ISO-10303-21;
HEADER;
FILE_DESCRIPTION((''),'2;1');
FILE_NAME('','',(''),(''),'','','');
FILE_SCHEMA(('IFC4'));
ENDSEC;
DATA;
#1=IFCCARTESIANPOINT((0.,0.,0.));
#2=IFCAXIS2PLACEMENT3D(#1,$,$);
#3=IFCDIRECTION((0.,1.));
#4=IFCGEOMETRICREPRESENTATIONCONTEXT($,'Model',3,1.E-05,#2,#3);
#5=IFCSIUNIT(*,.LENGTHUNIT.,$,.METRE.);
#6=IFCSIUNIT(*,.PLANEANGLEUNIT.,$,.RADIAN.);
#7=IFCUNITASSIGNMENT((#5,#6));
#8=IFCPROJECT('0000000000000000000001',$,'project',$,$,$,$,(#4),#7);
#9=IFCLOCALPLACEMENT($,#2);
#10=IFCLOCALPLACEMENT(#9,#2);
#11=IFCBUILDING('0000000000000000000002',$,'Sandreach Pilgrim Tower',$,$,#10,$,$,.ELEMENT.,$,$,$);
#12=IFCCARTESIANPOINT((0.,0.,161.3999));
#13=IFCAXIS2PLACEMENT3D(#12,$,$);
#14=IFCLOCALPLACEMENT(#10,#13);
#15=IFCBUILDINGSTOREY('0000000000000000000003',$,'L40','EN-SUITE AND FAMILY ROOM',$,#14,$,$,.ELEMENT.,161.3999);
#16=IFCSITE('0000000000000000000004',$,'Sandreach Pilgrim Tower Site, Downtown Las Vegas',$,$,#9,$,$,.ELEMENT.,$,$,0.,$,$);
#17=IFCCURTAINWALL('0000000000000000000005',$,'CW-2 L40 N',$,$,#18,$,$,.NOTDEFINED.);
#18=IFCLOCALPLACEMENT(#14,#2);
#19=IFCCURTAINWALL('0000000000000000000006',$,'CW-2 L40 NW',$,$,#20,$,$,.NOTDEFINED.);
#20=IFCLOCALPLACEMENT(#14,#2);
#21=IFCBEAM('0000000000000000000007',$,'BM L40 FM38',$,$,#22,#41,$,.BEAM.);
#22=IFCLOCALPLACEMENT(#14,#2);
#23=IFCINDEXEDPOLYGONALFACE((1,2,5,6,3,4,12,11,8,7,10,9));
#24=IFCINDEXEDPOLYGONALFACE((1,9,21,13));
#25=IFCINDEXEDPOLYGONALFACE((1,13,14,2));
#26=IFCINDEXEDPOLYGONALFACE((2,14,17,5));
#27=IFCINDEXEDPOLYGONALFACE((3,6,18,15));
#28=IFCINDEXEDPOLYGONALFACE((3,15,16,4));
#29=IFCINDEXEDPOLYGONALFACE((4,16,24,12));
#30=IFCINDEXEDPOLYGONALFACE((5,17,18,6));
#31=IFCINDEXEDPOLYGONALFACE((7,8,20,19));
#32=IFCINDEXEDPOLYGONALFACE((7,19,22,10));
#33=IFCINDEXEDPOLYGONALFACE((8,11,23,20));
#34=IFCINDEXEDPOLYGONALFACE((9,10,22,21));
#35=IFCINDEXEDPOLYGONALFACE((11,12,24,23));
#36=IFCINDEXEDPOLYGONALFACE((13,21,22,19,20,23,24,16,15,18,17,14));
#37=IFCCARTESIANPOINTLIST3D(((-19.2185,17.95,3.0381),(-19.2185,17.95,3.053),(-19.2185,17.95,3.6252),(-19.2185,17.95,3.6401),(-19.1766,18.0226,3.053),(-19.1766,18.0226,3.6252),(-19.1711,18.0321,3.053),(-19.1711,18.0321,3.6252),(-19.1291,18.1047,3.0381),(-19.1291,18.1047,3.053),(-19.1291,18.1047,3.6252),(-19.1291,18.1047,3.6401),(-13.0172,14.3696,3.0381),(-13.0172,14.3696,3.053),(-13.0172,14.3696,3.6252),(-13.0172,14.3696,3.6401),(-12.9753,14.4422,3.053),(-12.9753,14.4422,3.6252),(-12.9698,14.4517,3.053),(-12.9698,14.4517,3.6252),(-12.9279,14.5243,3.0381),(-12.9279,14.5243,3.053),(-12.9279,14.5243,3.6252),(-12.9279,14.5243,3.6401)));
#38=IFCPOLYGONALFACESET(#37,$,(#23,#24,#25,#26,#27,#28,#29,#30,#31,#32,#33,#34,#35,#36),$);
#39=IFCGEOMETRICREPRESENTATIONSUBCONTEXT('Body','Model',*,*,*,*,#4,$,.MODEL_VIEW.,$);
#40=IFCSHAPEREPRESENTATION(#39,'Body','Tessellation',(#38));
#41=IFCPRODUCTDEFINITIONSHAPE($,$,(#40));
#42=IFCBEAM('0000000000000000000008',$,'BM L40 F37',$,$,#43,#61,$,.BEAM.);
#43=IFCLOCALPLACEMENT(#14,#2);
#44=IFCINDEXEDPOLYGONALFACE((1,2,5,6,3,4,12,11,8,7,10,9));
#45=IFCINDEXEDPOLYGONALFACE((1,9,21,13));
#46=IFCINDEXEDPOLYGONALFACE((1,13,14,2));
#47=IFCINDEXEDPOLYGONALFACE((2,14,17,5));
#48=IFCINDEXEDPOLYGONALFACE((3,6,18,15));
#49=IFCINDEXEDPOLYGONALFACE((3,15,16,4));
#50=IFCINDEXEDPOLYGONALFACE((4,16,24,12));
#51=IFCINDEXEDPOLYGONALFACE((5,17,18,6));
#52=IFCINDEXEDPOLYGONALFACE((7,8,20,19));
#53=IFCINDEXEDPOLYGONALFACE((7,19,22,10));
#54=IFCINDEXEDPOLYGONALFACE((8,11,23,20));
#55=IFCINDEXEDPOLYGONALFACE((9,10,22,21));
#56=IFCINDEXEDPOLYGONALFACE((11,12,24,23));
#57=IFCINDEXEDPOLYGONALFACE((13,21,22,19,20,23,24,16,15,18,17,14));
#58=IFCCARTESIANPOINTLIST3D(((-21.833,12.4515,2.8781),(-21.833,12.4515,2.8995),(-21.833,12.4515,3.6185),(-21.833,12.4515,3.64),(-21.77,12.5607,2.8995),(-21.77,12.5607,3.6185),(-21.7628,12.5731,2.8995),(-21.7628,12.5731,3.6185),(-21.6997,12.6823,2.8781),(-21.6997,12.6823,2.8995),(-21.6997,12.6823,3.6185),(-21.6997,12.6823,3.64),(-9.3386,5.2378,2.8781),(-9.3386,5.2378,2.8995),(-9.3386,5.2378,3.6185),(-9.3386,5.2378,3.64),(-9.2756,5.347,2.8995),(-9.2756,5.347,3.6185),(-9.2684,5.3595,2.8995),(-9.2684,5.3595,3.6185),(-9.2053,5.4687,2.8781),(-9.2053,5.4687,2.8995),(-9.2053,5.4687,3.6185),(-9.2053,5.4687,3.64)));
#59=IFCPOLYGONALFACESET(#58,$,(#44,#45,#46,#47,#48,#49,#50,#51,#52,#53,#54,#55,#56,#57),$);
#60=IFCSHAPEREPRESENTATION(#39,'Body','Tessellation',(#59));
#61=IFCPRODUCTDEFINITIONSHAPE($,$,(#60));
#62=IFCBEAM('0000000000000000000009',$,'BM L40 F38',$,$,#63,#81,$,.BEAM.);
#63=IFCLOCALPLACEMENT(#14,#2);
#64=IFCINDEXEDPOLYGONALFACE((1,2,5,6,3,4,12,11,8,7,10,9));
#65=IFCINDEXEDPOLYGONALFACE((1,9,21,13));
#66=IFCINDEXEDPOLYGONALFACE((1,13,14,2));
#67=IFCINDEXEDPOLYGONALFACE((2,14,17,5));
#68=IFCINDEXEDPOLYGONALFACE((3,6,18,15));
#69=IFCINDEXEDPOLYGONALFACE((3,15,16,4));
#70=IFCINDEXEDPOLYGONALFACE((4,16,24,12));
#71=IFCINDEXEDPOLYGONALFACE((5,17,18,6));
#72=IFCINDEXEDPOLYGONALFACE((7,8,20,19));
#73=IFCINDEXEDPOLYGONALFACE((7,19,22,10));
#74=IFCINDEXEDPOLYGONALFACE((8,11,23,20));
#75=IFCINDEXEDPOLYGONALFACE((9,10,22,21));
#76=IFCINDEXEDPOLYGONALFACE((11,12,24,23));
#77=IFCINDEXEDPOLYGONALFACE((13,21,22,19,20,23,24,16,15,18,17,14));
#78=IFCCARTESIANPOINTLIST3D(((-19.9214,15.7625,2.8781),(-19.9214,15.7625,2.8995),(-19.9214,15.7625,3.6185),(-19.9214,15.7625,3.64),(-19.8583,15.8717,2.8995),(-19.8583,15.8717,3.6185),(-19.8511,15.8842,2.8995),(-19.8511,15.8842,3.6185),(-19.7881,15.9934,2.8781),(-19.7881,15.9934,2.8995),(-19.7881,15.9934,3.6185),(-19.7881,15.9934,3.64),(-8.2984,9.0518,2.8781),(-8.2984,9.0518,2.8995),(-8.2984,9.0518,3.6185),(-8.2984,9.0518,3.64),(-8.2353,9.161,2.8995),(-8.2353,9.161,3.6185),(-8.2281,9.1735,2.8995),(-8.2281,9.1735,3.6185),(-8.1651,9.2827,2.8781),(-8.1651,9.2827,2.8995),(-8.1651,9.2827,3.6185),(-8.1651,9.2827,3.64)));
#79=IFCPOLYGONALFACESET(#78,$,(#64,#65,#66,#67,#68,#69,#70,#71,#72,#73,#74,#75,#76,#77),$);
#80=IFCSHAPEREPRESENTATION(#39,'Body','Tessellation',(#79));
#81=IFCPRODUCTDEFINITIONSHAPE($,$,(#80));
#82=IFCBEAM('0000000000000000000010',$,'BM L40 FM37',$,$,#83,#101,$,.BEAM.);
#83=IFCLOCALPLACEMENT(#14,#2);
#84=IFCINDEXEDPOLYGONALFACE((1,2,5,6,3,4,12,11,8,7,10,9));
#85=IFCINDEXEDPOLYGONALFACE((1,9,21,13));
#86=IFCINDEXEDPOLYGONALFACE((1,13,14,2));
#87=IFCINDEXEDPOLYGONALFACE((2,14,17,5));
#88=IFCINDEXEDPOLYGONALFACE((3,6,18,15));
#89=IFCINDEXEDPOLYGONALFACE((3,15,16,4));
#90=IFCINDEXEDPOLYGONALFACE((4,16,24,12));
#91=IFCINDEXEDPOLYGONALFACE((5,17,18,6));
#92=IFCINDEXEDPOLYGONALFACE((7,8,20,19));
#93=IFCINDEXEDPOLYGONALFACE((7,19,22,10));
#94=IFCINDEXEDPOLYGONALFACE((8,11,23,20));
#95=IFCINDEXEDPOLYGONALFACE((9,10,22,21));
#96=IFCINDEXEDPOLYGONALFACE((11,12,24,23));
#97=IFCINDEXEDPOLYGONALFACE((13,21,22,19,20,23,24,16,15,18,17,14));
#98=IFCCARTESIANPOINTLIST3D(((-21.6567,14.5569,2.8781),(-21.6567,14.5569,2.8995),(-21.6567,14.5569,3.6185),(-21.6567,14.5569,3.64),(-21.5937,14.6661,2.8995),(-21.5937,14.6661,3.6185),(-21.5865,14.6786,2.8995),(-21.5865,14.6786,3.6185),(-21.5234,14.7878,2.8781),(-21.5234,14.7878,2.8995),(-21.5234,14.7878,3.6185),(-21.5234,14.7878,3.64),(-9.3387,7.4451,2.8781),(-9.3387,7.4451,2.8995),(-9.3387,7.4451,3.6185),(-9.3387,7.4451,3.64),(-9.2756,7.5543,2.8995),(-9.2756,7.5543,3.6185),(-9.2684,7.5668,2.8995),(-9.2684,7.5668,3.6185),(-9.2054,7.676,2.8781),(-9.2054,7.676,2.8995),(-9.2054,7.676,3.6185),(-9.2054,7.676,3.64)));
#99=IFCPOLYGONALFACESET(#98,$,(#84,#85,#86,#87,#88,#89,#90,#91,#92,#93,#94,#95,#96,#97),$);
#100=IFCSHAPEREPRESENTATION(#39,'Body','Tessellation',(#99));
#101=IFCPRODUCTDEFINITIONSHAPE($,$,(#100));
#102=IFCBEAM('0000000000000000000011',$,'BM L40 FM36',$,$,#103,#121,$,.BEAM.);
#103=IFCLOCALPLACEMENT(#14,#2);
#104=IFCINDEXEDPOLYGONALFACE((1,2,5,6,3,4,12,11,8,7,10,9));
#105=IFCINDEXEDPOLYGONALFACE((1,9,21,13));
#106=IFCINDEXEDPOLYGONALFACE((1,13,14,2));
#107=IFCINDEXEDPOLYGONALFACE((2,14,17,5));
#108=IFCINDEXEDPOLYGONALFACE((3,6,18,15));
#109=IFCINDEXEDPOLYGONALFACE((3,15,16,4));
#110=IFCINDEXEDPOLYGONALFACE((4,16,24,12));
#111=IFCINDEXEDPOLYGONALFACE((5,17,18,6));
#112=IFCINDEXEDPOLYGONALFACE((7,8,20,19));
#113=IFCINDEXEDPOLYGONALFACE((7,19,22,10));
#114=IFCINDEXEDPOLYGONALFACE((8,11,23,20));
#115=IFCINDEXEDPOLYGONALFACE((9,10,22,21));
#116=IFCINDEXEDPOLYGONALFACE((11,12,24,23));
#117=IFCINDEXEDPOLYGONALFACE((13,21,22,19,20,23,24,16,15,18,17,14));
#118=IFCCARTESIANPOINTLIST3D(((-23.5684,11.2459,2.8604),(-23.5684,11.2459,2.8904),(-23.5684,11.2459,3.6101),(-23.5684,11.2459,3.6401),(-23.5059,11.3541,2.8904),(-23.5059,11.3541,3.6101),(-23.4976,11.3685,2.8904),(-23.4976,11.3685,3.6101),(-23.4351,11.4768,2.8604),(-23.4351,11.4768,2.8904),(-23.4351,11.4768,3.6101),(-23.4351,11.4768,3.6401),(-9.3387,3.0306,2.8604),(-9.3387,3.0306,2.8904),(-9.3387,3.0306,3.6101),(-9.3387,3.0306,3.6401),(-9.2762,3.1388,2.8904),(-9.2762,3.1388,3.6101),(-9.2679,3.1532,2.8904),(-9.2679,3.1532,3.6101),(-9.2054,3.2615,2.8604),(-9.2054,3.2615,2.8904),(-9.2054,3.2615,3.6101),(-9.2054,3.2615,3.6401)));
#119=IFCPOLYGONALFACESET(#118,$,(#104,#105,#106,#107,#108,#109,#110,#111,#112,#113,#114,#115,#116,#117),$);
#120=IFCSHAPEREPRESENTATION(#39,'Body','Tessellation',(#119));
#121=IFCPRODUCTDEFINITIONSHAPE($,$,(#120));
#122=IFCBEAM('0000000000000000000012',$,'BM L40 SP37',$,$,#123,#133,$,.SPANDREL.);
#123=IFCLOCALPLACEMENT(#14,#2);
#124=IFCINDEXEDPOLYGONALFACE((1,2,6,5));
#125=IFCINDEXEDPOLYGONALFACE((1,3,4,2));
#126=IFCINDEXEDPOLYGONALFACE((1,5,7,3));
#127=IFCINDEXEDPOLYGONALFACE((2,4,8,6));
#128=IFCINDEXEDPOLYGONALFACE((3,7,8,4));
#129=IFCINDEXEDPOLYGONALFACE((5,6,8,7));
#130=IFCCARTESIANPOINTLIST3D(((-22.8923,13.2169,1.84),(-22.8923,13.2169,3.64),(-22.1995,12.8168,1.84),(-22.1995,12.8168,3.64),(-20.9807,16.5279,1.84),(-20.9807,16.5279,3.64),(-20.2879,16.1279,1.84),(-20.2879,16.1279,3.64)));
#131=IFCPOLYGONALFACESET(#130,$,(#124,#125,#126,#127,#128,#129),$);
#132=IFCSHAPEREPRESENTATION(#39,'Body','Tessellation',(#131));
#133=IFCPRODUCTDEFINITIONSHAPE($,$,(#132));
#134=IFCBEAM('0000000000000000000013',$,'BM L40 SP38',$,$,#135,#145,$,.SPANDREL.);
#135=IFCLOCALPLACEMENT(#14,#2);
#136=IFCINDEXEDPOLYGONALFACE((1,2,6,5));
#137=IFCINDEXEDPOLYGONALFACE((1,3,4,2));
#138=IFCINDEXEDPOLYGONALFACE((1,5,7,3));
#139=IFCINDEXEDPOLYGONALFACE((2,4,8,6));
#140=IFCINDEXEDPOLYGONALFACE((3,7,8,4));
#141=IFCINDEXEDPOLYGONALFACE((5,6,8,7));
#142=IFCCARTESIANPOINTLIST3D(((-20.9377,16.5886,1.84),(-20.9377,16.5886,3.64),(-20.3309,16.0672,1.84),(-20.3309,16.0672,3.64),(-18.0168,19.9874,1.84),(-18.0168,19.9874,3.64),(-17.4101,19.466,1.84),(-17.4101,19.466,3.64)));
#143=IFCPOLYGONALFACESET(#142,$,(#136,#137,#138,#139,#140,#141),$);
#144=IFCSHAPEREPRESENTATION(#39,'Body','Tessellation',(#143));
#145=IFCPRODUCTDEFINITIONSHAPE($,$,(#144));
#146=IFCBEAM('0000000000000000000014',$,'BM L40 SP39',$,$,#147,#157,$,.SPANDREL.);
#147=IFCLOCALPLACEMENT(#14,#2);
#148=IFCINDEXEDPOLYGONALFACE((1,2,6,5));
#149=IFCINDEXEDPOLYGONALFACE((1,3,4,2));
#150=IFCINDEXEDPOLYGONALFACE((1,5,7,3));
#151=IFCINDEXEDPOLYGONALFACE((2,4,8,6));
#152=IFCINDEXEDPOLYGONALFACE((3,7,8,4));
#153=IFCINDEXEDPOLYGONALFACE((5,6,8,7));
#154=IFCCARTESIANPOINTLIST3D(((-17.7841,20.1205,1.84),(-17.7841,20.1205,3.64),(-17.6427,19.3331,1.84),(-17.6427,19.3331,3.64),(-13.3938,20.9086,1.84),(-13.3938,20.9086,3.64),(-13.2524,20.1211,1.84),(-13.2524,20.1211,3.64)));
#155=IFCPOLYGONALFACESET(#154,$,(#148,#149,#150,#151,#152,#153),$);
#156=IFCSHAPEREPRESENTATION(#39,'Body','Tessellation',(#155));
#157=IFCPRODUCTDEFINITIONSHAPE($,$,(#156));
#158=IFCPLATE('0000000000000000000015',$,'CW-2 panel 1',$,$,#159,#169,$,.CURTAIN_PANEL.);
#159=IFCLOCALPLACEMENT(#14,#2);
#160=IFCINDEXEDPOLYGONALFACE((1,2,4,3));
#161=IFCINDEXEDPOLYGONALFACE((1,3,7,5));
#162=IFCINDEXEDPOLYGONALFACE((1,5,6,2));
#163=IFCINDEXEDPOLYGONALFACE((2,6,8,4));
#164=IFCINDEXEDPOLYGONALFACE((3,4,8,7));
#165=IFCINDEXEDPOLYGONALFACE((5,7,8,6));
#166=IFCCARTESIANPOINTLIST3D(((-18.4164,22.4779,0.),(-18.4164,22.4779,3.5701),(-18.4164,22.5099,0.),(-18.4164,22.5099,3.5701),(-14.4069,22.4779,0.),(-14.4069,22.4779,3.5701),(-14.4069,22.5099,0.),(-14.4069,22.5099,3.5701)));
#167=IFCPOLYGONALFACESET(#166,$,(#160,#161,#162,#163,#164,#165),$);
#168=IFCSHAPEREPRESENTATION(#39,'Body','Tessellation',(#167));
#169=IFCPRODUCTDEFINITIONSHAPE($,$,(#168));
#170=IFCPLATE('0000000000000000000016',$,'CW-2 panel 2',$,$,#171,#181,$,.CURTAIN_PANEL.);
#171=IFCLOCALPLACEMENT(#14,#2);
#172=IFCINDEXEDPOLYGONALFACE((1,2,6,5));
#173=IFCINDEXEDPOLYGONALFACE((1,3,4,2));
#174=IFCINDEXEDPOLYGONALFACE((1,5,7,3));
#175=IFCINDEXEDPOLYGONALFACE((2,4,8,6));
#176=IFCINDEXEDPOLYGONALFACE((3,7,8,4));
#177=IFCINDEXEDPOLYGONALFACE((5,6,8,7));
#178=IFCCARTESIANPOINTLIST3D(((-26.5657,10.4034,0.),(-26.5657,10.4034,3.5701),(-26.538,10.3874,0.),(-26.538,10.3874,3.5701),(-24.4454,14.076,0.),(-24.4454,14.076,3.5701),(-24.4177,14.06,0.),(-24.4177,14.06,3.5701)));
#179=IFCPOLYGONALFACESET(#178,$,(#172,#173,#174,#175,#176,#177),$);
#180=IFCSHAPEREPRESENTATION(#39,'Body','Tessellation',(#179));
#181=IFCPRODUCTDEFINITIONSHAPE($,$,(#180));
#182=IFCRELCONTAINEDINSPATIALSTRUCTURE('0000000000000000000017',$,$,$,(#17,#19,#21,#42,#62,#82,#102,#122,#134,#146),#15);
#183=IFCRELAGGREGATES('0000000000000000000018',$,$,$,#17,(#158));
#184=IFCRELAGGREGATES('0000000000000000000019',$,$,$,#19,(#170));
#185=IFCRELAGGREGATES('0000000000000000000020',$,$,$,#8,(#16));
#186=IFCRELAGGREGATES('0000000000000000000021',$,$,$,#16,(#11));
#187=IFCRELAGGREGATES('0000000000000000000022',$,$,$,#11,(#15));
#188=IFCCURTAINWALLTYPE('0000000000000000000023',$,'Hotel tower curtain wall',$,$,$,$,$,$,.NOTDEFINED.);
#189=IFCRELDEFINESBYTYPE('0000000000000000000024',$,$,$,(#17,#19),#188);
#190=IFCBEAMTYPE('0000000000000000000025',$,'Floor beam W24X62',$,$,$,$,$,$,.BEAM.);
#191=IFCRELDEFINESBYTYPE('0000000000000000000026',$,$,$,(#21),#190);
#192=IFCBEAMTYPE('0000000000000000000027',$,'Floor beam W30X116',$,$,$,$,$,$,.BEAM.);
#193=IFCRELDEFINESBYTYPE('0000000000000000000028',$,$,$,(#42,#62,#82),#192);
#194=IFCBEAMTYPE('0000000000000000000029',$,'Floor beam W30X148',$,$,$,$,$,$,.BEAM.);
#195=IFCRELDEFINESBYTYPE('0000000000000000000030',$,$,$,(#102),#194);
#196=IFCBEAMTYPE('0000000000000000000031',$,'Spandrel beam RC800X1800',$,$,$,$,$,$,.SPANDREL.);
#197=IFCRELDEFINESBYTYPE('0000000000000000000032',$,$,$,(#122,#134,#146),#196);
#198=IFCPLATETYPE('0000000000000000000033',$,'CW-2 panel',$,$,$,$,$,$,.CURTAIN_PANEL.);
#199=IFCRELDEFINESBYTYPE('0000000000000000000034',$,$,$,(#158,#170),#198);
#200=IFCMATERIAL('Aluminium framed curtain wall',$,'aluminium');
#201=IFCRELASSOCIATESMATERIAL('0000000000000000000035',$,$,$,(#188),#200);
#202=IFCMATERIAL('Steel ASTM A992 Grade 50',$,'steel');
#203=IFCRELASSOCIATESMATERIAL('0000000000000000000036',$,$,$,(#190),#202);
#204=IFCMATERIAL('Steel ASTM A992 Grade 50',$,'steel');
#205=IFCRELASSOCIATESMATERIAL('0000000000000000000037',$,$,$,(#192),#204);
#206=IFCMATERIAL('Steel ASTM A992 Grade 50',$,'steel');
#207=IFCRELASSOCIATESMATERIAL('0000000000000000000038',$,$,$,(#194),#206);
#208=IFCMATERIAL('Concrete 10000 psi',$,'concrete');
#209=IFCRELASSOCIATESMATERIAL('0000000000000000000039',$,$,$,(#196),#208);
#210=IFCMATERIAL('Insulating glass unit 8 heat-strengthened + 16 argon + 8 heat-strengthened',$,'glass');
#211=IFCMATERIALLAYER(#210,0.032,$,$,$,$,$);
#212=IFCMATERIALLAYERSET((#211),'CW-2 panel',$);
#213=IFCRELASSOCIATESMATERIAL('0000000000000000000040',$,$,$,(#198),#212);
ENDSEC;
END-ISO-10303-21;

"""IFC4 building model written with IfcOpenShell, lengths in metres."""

from ifc_helpers import new_model, si_unit, direction, frame, origin, origin_2d, place, context, subcontext, project, spatial, rectangle, i_section, extrude, material, layer, layer_set, material_profile, profile_set, type_object, element, aggregate, save


model = new_model("IFC4")

# Units and contexts
model_context = context("Model", 3, precision=1e-05, world=origin(), true_north=direction((0.0, 1.0)))
body_context = subcontext(model_context, "Body", "Model", "MODEL_VIEW")
ifc_project = project(units=[si_unit("LENGTHUNIT", "METRE"), si_unit("PLANEANGLEUNIT", "RADIAN")], contexts=[model_context])

# Site, building, storey
site_placement = place(None, origin())
site = spatial("IfcSite", under=ifc_project, at=site_placement, Name="Sandreach Pilgrim Tower Site, Downtown Las Vegas", CompositionType="ELEMENT", RefElevation=0.0)
building_placement = place(site_placement, origin())
building = spatial("IfcBuilding", under=site, at=building_placement, Name="Sandreach Pilgrim Tower", CompositionType="ELEMENT")
storey_placement = place(building_placement, frame((0.0, 0.0, 161.3999)))
storey = spatial("IfcBuildingStorey", under=building, at=storey_placement, Name="L40", Description="EN-SUITE AND FAMILY ROOM", CompositionType="ELEMENT", Elevation=161.3999)

# Curtain wall
ifc_material_1 = material(Name="Aluminium framed curtain wall", Category="aluminium")
curtain_wall_type = type_object("IfcCurtainWallType", Name="Hotel tower curtain wall", PredefinedType="NOTDEFINED", material=ifc_material_1)
curtain_wall_1_placement = place(storey_placement, origin())
curtain_wall_1 = element("IfcCurtainWall", 1, at=curtain_wall_1_placement, inside=storey, type_object=curtain_wall_type, Name="CW-2 L40 N", PredefinedType="NOTDEFINED")

# Curtain wall
curtain_wall_2_placement = place(storey_placement, origin())
curtain_wall_2 = element("IfcCurtainWall", 2, at=curtain_wall_2_placement, inside=storey, type_object=curtain_wall_type, Name="CW-2 L40 NW", PredefinedType="NOTDEFINED")

# Beams
ifc_material_2 = material(Name="Steel ASTM A992 Grade 50", Category="steel")
ifc_material_profile_1 = material_profile(ifc_material_2, i_section(OverallWidth=0.1787, OverallDepth=0.6021, WebThickness=0.011, FlangeThickness=0.0149, at=origin_2d()), Name="W24X62")
ifc_profile_set_1 = profile_set([ifc_material_profile_1], Name="Steel ASTM A992 Grade 50")
beam_type_1 = type_object("IfcBeamType", Name="Floor beam W24X62", PredefinedType="BEAM", material=ifc_profile_set_1)
beam_1_placement = place(storey_placement, frame((-19.1738, 18.0273, 3.3391), z_axis=(0.866021, -0.500008, 0.0), x_axis=(0.500008, 0.866021, 0.0)))
element("IfcBeam", 3, at=beam_1_placement, inside=storey, type_object=beam_type_1, Name="BM L40 FM38", PredefinedType="BEAM", context=body_context, shape_type="SweptSolid", body=[
    extrude(i_section(OverallWidth=0.1787, OverallDepth=0.6021, WebThickness=0.011, FlangeThickness=0.0149, at=origin_2d()), origin(), (0.0, 0.0, 1.0), 7.1606),
])
ifc_material_3 = material(Name="Steel ASTM A992 Grade 50", Category="steel")
ifc_material_profile_2 = material_profile(ifc_material_3, i_section(OverallWidth=0.2666, OverallDepth=0.762, WebThickness=0.0144, FlangeThickness=0.0215, at=origin_2d()), Name="W30X116")
ifc_profile_set_2 = profile_set([ifc_material_profile_2], Name="Steel ASTM A992 Grade 50")
beam_type_2 = type_object("IfcBeamType", Name="Floor beam W30X116", PredefinedType="BEAM", material=ifc_profile_set_2)
beam_2_placement = place(storey_placement, frame((-21.7664, 12.5669, 3.259), z_axis=(0.866026, -0.499999, 0.0), x_axis=(0.499999, 0.866026, 0.0)))
element("IfcBeam", 4, at=beam_2_placement, inside=storey, type_object=beam_type_2, Name="BM L40 F37", PredefinedType="BEAM", context=body_context, shape_type="SweptSolid", body=[
    extrude(i_section(OverallWidth=0.2666, OverallDepth=0.762, WebThickness=0.0144, FlangeThickness=0.0215, at=origin_2d()), origin(), (0.0, 0.0, 1.0), 14.4272),
])
beam_3_placement = place(storey_placement, frame((-19.8547, 15.8779, 3.259), z_axis=(0.866021, -0.500007, 0.0), x_axis=(0.500007, 0.866021, 0.0)))
element("IfcBeam", 5, at=beam_3_placement, inside=storey, type_object=beam_type_2, Name="BM L40 F38", PredefinedType="BEAM", context=body_context, shape_type="SweptSolid", body=[
    extrude(i_section(OverallWidth=0.2666, OverallDepth=0.762, WebThickness=0.0144, FlangeThickness=0.0215, at=origin_2d()), origin(), (0.0, 0.0, 1.0), 13.4211),
])
beam_4_placement = place(storey_placement, frame((-21.5901, 14.6724, 3.259), z_axis=(0.866027, -0.499997, 0.0), x_axis=(0.499997, 0.866027, 0.0)))
element("IfcBeam", 6, at=beam_4_placement, inside=storey, type_object=beam_type_2, Name="BM L40 FM37", PredefinedType="BEAM", context=body_context, shape_type="SweptSolid", body=[
    extrude(i_section(OverallWidth=0.2666, OverallDepth=0.762, WebThickness=0.0144, FlangeThickness=0.0215, at=origin_2d()), origin(), (0.0, 0.0, 1.0), 14.2236),
])
ifc_material_4 = material(Name="Steel ASTM A992 Grade 50", Category="steel")
ifc_material_profile_3 = material_profile(ifc_material_4, i_section(OverallWidth=0.2666, OverallDepth=0.7798, WebThickness=0.0166, FlangeThickness=0.03, at=origin_2d()), Name="W30X148")
ifc_profile_set_3 = profile_set([ifc_material_profile_3], Name="Steel ASTM A992 Grade 50")
beam_type_3 = type_object("IfcBeamType", Name="Floor beam W30X148", PredefinedType="BEAM", material=ifc_profile_set_3)
beam_5_placement = place(storey_placement, frame((-23.5017, 11.3613, 3.2502), z_axis=(0.866031, -0.49999, 0.0), x_axis=(0.49999, 0.866031, 0.0)))
element("IfcBeam", 7, at=beam_5_placement, inside=storey, type_object=beam_type_3, Name="BM L40 FM36", PredefinedType="BEAM", context=body_context, shape_type="SweptSolid", body=[
    extrude(i_section(OverallWidth=0.2666, OverallDepth=0.7798, WebThickness=0.0166, FlangeThickness=0.03, at=origin_2d()), origin(), (0.0, 0.0, 1.0), 16.4309),
])
ifc_material_5 = material(Name="Concrete 10000 psi", Category="concrete")
ifc_material_profile_4 = material_profile(ifc_material_5, rectangle(XDim=0.8, YDim=1.8, at=origin_2d()), Name="RC800X1800")
ifc_profile_set_4 = profile_set([ifc_material_profile_4], Name="Concrete 10000 psi")
beam_type_4 = type_object("IfcBeamType", Name="Spandrel beam RC800X1800", PredefinedType="SPANDREL", material=ifc_profile_set_4)
beam_6_placement = place(storey_placement, frame((-22.5459, 13.0168, 2.74), z_axis=(0.499999, 0.866026, 0.0), x_axis=(-0.866026, 0.499999, 0.0)))
element("IfcBeam", 8, at=beam_6_placement, inside=storey, type_object=beam_type_4, Name="BM L40 SP37", PredefinedType="SPANDREL", context=body_context, shape_type="SweptSolid", body=[
    extrude(rectangle(XDim=0.8, YDim=1.8, at=origin_2d()), origin(), (0.0, 0.0, 1.0), 3.8232),
])
beam_7_placement = place(storey_placement, frame((-20.6343, 16.3279, 2.74), z_axis=(0.65176, 0.758425, 0.0), x_axis=(-0.758425, 0.65176, 0.0)))
element("IfcBeam", 9, at=beam_7_placement, inside=storey, type_object=beam_type_4, Name="BM L40 SP38", PredefinedType="SPANDREL", context=body_context, shape_type="SweptSolid", body=[
    extrude(rectangle(XDim=0.8, YDim=1.8, at=origin_2d()), origin(), (0.0, 0.0, 1.0), 4.4814),
])
beam_8_placement = place(storey_placement, frame((-17.7134, 19.7268, 2.74), z_axis=(0.984269, 0.176679, 0.0), x_axis=(-0.176679, 0.984269, 0.0)))
element("IfcBeam", 10, at=beam_8_placement, inside=storey, type_object=beam_type_4, Name="BM L40 SP39", PredefinedType="SPANDREL", context=body_context, shape_type="SweptSolid", body=[
    extrude(rectangle(XDim=0.8, YDim=1.8, at=origin_2d()), origin(), (0.0, 0.0, 1.0), 4.4604),
])

# Plates
ifc_material_6 = material(Name="Insulating glass unit 8 heat-strengthened + 16 argon + 8 heat-strengthened", Category="glass")
ifc_layer_1 = layer(ifc_material_6, 0.032)
ifc_layer_set_1 = layer_set([ifc_layer_1], Name="CW-2 panel")
plate_type = type_object("IfcPlateType", Name="CW-2 panel", PredefinedType="CURTAIN_PANEL", material=ifc_layer_set_1)
plate_1_placement = place(storey_placement, frame((-16.4116, 22.4939, 0.0), z_axis=(0.0, 0.0, 1.0), x_axis=(1.0, 0.0, 0.0)))
plate_1 = element("IfcPlate", 11, at=plate_1_placement, type_object=plate_type, Name="CW-2 panel 1", PredefinedType="CURTAIN_PANEL", context=body_context, shape_type="SweptSolid", body=[
    extrude(rectangle(XDim=4.0095, YDim=0.032, at=origin_2d()), origin(), (0.0, 0.0, 1.0), 3.5701),
])
aggregate(curtain_wall_1, [plate_1])
plate_2_placement = place(storey_placement, frame((-25.4917, 12.2317, 0.0), z_axis=(0.0, 0.0, 1.0), x_axis=(0.5, 0.866025, 0.0)))
plate_2 = element("IfcPlate", 12, at=plate_2_placement, type_object=plate_type, Name="CW-2 panel 2", PredefinedType="CURTAIN_PANEL", context=body_context, shape_type="SweptSolid", body=[
    extrude(rectangle(XDim=4.2407, YDim=0.032, at=origin_2d()), origin(), (0.0, 0.0, 1.0), 3.5701),
])
aggregate(curtain_wall_2, [plate_2])

save(model, "model.ifc")
